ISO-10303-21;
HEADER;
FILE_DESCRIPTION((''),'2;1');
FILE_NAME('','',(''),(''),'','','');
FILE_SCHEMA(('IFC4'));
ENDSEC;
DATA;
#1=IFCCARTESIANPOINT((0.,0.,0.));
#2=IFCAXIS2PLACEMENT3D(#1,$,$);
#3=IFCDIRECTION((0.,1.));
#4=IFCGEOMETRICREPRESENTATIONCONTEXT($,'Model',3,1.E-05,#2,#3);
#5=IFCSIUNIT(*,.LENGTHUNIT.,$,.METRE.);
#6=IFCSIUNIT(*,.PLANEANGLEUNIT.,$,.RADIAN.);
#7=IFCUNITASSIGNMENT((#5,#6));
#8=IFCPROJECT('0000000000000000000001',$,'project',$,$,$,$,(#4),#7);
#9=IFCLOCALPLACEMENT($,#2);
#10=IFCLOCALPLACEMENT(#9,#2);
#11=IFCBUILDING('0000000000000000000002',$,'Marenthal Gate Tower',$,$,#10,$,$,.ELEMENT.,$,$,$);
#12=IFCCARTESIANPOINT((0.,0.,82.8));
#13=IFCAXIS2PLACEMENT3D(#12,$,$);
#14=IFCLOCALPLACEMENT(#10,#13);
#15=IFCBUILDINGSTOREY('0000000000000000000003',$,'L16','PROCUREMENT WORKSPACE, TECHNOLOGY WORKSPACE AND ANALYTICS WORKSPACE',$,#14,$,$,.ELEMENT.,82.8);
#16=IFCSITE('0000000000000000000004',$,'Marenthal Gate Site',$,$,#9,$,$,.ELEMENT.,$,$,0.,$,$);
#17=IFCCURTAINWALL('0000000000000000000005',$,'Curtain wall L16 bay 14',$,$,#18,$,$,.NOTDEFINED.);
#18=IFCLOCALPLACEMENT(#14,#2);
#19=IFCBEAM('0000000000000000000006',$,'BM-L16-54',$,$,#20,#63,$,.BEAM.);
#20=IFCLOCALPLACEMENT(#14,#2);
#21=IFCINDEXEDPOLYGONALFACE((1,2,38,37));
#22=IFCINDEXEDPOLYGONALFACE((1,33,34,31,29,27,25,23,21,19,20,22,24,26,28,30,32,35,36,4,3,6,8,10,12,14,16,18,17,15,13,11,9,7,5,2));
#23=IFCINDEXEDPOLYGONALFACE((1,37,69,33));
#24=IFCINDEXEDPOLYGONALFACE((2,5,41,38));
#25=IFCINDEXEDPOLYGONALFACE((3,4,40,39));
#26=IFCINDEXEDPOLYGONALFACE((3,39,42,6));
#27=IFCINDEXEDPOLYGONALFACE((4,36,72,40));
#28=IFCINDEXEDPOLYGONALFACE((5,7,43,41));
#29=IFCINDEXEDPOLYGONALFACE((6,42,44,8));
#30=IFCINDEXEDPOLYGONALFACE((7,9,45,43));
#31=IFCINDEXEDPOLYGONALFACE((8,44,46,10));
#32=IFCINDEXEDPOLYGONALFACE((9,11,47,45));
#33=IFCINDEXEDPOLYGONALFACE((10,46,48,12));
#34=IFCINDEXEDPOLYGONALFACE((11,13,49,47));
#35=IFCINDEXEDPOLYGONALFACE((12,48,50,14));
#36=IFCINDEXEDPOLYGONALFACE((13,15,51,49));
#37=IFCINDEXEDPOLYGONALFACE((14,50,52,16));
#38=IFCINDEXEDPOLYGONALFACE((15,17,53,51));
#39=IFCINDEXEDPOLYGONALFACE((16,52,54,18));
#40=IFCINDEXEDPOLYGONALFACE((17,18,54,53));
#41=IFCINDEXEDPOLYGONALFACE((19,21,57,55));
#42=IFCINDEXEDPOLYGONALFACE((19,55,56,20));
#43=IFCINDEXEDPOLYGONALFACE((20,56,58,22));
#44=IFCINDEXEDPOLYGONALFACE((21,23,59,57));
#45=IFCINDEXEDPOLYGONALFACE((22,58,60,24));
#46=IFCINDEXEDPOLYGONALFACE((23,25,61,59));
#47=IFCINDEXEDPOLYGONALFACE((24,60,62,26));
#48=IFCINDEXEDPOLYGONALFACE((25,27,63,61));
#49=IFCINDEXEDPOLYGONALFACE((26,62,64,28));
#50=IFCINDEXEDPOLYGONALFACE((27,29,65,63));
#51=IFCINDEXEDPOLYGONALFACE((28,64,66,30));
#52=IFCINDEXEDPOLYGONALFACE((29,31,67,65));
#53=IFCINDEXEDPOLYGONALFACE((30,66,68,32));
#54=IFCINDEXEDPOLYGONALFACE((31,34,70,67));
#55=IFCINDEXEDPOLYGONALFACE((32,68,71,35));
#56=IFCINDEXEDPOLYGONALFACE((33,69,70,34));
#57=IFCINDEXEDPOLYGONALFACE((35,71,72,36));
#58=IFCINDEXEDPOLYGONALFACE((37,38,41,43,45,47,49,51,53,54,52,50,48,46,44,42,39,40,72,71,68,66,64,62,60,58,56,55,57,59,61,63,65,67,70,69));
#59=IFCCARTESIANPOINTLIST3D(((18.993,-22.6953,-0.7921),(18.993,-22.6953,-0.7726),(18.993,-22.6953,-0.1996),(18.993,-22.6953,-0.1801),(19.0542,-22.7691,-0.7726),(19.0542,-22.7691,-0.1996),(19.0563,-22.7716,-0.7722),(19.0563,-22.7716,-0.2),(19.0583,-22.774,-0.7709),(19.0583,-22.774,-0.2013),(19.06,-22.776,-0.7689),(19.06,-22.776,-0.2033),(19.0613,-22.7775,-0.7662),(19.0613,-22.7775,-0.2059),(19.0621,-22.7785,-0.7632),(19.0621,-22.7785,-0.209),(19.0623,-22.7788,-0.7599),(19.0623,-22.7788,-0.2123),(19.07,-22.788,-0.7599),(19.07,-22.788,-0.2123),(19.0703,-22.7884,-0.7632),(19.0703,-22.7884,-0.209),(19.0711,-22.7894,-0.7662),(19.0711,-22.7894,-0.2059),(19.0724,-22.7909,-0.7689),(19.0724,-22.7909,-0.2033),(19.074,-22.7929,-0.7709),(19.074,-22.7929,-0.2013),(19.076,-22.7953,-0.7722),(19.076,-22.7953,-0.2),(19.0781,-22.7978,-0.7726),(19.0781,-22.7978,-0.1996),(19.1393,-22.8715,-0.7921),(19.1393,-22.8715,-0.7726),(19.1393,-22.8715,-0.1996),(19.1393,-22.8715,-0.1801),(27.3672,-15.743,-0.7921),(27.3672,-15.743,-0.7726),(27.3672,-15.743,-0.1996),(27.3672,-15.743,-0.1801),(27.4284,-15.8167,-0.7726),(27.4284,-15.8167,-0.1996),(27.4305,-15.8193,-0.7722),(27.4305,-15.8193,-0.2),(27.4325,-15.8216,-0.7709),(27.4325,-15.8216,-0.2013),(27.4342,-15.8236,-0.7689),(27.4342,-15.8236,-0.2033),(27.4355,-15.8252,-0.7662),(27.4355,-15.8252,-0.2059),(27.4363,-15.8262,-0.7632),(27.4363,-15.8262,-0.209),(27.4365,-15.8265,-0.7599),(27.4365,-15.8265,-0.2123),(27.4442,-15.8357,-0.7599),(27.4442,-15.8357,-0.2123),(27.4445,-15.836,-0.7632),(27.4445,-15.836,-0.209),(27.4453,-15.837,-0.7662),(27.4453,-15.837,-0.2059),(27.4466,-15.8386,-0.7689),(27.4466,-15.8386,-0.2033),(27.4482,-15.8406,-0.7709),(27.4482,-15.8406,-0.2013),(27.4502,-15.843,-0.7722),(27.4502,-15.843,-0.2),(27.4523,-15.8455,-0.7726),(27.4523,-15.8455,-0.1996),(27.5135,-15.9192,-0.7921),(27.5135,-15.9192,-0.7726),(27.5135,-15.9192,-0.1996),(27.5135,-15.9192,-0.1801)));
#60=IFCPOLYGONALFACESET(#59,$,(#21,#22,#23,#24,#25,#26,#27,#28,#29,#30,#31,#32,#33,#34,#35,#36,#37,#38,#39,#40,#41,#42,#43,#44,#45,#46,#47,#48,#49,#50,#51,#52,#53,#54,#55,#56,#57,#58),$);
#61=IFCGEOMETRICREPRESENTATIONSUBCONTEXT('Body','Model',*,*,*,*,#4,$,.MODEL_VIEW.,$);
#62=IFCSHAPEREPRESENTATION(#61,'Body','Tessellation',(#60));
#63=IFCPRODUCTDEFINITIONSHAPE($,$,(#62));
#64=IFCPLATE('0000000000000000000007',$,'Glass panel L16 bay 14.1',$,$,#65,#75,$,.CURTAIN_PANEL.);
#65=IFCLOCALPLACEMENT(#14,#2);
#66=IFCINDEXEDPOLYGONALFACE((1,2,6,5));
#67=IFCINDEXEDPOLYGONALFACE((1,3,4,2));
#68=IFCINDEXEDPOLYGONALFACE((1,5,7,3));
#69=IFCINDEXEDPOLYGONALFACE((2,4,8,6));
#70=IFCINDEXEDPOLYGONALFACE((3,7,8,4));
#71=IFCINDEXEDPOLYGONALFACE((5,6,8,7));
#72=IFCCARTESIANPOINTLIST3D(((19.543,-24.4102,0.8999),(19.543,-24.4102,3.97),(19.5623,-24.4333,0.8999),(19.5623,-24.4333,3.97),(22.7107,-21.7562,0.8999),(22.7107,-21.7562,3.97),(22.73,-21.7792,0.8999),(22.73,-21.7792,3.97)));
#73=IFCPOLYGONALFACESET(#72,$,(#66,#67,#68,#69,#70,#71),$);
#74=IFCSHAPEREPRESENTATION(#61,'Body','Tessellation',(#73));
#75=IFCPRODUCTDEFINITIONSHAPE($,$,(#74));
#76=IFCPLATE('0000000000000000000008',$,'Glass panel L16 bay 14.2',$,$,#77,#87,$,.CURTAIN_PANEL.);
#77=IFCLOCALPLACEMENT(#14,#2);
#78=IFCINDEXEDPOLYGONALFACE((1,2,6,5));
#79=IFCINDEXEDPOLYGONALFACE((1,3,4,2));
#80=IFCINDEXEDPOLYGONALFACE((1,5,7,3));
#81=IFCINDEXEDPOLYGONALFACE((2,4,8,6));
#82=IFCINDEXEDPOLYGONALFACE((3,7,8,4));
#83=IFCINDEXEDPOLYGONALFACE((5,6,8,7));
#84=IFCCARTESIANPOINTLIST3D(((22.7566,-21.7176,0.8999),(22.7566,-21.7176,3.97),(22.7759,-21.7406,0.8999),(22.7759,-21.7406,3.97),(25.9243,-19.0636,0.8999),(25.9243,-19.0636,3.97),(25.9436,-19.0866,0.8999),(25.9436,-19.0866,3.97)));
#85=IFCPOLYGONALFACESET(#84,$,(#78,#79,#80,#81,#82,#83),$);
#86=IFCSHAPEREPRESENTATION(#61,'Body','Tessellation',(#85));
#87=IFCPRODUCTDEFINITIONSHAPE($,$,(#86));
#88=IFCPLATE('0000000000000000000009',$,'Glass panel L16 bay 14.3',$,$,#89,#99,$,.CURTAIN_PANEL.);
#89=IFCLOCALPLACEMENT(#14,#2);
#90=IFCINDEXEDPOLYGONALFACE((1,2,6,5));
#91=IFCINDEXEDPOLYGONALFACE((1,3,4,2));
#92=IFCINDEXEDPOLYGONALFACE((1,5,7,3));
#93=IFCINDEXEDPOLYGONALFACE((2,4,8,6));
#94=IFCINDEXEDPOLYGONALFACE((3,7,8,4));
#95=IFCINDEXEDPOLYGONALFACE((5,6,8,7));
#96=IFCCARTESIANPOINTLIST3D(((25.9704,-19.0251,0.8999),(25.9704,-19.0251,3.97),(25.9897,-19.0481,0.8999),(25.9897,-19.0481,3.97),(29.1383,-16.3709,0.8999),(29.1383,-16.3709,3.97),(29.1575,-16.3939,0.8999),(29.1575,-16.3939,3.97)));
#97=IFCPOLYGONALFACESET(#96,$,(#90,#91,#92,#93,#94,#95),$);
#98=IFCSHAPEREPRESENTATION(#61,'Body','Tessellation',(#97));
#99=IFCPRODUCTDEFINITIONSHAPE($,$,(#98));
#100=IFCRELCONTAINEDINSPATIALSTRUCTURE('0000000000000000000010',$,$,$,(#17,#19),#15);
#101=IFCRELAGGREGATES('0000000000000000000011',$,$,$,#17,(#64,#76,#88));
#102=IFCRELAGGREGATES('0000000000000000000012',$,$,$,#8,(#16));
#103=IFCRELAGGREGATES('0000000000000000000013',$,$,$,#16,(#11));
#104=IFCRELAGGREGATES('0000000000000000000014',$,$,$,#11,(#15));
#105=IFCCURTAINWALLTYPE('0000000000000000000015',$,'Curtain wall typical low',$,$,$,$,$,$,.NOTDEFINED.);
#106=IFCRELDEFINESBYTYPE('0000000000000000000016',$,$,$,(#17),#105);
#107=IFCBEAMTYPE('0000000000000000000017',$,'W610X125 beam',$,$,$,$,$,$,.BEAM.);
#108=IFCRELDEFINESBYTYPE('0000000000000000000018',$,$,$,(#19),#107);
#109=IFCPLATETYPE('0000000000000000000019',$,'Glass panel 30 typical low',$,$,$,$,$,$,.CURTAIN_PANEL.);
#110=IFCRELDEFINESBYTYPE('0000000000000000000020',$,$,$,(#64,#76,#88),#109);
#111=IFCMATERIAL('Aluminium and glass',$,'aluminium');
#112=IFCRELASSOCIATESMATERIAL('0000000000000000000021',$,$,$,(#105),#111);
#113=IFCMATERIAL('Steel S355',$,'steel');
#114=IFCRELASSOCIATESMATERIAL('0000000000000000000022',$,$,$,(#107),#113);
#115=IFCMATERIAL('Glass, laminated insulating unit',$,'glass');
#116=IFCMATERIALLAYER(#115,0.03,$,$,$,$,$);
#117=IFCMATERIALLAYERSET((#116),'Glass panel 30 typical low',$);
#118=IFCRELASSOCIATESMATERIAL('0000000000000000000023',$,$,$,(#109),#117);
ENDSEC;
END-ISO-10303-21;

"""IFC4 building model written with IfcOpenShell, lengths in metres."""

from ifc_helpers import new_model, si_unit, direction, frame, origin, origin_2d, place, context, subcontext, project, spatial, rectangle, i_section, extrude, material, layer, layer_set, material_profile, profile_set, type_object, element, aggregate, save


model = new_model("IFC4")

# Units and contexts
model_context = context("Model", 3, precision=1e-05, world=origin(), true_north=direction((0.0, 1.0)))
body_context = subcontext(model_context, "Body", "Model", "MODEL_VIEW")
ifc_project = project(units=[si_unit("LENGTHUNIT", "METRE"), si_unit("PLANEANGLEUNIT", "RADIAN")], contexts=[model_context])

# Site, building, storey
site_placement = place(None, origin())
site = spatial("IfcSite", under=ifc_project, at=site_placement, Name="Marenthal Gate Site", CompositionType="ELEMENT", RefElevation=0.0)
building_placement = place(site_placement, origin())
building = spatial("IfcBuilding", under=site, at=building_placement, Name="Marenthal Gate Tower", CompositionType="ELEMENT")
storey_placement = place(building_placement, frame((0.0, 0.0, 82.8)))
storey = spatial("IfcBuildingStorey", under=building, at=storey_placement, Name="L16", Description="PROCUREMENT WORKSPACE, TECHNOLOGY WORKSPACE AND ANALYTICS WORKSPACE", CompositionType="ELEMENT", Elevation=82.8)

# Curtain wall
ifc_material_1 = material(Name="Aluminium and glass", Category="aluminium")
curtain_wall_type = type_object("IfcCurtainWallType", Name="Curtain wall typical low", PredefinedType="NOTDEFINED", material=ifc_material_1)
curtain_wall_placement = place(storey_placement, origin())
curtain_wall = element("IfcCurtainWall", 1, at=curtain_wall_placement, inside=storey, type_object=curtain_wall_type, Name="Curtain wall L16 bay 14", PredefinedType="NOTDEFINED")

# Beam
ifc_material_2 = material(Name="Steel S355", Category="steel")
ifc_material_profile_1 = material_profile(ifc_material_2, i_section(OverallWidth=0.229, OverallDepth=0.6121, WebThickness=0.012, FlangeThickness=0.0195, FilletRadius=0.0127, at=origin_2d()), Name="W610X125")
ifc_profile_set_1 = profile_set([ifc_material_profile_1], Name="Steel S355")
beam_type_1 = type_object("IfcBeamType", Name="W610X125 beam", PredefinedType="BEAM", material=ifc_profile_set_1)
beam_1_placement = place(storey_placement, frame((19.0662, -22.7834, -0.4861), z_axis=(0.769402, 0.638765, 0.0), x_axis=(-0.638765, 0.769402, 0.0)))
element("IfcBeam", 2, at=beam_1_placement, inside=storey, type_object=beam_type_1, Name="BM-L16-54", PredefinedType="BEAM", context=body_context, shape_type="SweptSolid", body=[
    extrude(i_section(OverallWidth=0.229, OverallDepth=0.6121, WebThickness=0.012, FlangeThickness=0.0195, FilletRadius=0.0127, at=origin_2d()), origin(), (0.0, 0.0, 1.0), 10.884),
])

# Plates
ifc_material_3 = material(Name="Glass, laminated insulating unit", Category="glass")
ifc_layer_1 = layer(ifc_material_3, 0.03)
ifc_layer_set_1 = layer_set([ifc_layer_1], Name="Glass panel 30 typical low")
plate_type = type_object("IfcPlateType", Name="Glass panel 30 typical low", PredefinedType="CURTAIN_PANEL", material=ifc_layer_set_1)
plate_1_placement = place(storey_placement, frame((21.1365, -23.0947, 0.8999), z_axis=(0.0, 0.0, 1.0), x_axis=(0.766513, 0.642228, 0.0)))
plate_1 = element("IfcPlate", 3, at=plate_1_placement, type_object=plate_type, Name="Glass panel L16 bay 14.1", PredefinedType="CURTAIN_PANEL", context=body_context, shape_type="SweptSolid", body=[
    extrude(rectangle(XDim=4.1326, YDim=0.03, at=origin_2d()), origin(), (0.0, 0.0, 1.0), 3.0701),
])
plate_2_placement = place(storey_placement, frame((24.3501, -20.4021, 0.8999), z_axis=(0.0, 0.0, 1.0), x_axis=(0.766513, 0.642228, 0.0)))
plate_2 = element("IfcPlate", 4, at=plate_2_placement, type_object=plate_type, Name="Glass panel L16 bay 14.2", PredefinedType="CURTAIN_PANEL", context=body_context, shape_type="SweptSolid", body=[
    extrude(rectangle(XDim=4.1326, YDim=0.03, at=origin_2d()), origin(), (0.0, 0.0, 1.0), 3.0701),
])
plate_3_placement = place(storey_placement, frame((27.564, -17.7095, 0.8999), z_axis=(0.0, 0.0, 1.0), x_axis=(0.766513, 0.642228, 0.0)))
plate_3 = element("IfcPlate", 5, at=plate_3_placement, type_object=plate_type, Name="Glass panel L16 bay 14.3", PredefinedType="CURTAIN_PANEL", context=body_context, shape_type="SweptSolid", body=[
    extrude(rectangle(XDim=4.1328, YDim=0.03, at=origin_2d()), origin(), (0.0, 0.0, 1.0), 3.0701),
])
aggregate(curtain_wall, [plate_1, plate_2, plate_3])

save(model, "model.ifc")
